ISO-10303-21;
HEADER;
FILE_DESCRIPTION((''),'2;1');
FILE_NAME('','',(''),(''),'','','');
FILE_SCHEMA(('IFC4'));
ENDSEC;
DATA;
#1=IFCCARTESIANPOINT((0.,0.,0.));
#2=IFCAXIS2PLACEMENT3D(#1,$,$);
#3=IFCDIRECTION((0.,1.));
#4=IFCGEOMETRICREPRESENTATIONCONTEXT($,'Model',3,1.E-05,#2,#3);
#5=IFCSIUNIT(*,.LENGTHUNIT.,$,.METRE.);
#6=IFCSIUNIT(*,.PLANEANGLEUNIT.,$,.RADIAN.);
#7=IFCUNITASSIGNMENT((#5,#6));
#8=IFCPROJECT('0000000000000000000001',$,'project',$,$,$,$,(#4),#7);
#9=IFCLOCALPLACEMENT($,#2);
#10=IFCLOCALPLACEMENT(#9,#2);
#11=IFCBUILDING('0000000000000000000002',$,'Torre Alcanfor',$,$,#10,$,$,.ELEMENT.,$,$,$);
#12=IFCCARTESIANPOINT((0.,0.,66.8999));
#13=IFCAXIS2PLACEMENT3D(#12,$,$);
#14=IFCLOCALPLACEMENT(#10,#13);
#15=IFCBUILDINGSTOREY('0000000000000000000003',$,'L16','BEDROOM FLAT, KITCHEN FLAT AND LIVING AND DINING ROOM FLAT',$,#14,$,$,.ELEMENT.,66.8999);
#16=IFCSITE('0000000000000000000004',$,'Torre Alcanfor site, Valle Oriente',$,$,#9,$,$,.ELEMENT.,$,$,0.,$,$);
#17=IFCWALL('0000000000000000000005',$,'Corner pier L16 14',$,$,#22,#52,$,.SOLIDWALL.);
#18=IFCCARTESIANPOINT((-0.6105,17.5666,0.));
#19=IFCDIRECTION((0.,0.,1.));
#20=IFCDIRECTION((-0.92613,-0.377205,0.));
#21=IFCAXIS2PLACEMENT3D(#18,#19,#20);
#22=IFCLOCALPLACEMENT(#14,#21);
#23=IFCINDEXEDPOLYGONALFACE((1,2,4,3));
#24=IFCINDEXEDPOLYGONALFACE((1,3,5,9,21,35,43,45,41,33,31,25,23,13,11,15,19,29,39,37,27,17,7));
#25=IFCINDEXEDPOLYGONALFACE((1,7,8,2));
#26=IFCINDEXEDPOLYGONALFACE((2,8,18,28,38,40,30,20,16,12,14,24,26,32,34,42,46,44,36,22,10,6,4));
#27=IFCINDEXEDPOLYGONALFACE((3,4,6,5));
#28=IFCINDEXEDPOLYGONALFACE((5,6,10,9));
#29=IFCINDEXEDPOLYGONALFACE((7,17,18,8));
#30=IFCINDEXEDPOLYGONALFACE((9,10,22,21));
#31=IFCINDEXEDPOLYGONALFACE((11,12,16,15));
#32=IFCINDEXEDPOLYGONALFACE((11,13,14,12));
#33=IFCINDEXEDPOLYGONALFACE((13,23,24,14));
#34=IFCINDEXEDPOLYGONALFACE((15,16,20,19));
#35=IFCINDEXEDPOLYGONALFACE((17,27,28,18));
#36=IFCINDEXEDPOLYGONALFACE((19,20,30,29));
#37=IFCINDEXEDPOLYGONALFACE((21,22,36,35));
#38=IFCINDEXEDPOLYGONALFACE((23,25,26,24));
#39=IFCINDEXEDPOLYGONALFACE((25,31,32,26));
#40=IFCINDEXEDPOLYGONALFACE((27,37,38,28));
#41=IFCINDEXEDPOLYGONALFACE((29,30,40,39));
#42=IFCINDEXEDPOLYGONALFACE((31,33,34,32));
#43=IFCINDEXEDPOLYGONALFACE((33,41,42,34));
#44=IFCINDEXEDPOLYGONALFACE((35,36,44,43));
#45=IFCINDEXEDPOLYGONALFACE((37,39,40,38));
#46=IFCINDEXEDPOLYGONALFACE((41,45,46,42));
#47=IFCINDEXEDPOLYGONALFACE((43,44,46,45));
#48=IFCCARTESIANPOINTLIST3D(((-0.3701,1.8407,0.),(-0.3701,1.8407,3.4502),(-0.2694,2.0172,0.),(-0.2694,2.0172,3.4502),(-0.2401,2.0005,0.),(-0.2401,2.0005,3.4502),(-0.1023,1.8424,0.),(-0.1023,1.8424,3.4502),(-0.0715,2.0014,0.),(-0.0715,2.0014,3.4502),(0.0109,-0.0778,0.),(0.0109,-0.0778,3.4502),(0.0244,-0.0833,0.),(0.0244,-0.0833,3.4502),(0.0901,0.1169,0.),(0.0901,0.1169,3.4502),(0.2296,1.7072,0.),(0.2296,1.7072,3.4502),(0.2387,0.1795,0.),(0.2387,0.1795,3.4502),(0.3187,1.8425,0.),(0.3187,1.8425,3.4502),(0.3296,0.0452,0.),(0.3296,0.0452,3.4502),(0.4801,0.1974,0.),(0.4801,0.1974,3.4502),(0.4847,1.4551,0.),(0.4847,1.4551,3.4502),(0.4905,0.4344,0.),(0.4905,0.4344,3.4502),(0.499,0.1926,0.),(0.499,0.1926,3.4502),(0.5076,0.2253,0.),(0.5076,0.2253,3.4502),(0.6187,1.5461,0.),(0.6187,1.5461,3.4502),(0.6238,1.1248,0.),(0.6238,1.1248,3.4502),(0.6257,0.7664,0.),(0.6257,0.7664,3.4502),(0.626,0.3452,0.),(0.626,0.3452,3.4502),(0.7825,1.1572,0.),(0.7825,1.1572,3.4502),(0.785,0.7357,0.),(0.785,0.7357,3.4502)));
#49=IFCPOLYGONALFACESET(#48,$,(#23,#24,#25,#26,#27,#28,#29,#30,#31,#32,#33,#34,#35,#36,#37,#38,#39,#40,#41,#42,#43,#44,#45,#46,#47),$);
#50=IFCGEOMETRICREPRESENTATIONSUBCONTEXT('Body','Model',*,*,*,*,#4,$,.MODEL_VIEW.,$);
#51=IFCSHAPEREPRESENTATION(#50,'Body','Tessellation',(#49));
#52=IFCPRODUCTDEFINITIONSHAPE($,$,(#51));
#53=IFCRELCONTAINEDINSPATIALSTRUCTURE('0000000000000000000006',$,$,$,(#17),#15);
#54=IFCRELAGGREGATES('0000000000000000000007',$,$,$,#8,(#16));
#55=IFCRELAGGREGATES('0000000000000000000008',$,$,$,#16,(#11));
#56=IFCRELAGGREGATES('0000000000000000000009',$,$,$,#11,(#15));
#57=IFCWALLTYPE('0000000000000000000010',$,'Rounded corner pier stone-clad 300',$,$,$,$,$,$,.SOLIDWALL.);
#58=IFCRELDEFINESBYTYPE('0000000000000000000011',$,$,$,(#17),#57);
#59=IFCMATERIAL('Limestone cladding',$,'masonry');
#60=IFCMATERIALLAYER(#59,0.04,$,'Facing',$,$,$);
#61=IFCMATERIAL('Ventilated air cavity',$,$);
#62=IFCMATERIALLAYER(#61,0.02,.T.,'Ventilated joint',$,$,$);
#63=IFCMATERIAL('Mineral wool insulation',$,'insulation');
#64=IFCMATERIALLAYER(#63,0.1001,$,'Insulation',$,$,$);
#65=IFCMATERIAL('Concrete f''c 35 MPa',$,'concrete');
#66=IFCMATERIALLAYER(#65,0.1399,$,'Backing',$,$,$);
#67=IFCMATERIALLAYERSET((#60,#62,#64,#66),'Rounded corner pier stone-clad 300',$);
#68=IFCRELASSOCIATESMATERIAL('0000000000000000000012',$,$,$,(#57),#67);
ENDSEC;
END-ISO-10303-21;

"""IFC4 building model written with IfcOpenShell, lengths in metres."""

from ifc_helpers import new_model, si_unit, direction, frame, origin, place, context, subcontext, project, spatial, polyline, outline, extrude, material, layer, layer_set, type_object, element, save


model = new_model("IFC4")

# Units and contexts
model_context = context("Model", 3, precision=1e-05, world=origin(), true_north=direction((0.0, 1.0)))
body_context = subcontext(model_context, "Body", "Model", "MODEL_VIEW")
ifc_project = project(units=[si_unit("LENGTHUNIT", "METRE"), si_unit("PLANEANGLEUNIT", "RADIAN")], contexts=[model_context])

# Site, building, storey
site_placement = place(None, origin())
site = spatial("IfcSite", under=ifc_project, at=site_placement, Name="Torre Alcanfor site, Valle Oriente", CompositionType="ELEMENT", RefElevation=0.0)
building_placement = place(site_placement, origin())
building = spatial("IfcBuilding", under=site, at=building_placement, Name="Torre Alcanfor", CompositionType="ELEMENT")
storey_placement = place(building_placement, frame((0.0, 0.0, 66.8999)))
storey = spatial("IfcBuildingStorey", under=building, at=storey_placement, Name="L16", Description="BEDROOM FLAT, KITCHEN FLAT AND LIVING AND DINING ROOM FLAT", CompositionType="ELEMENT", Elevation=66.8999)

# Wall
ifc_material_1 = material(Name="Limestone cladding", Category="masonry")
ifc_layer_1 = layer(ifc_material_1, 0.04, Name="Facing")
ifc_material_2 = material(Name="Ventilated air cavity")
ifc_layer_2 = layer(ifc_material_2, 0.02, ventilated=True, Name="Ventilated joint")
ifc_material_3 = material(Name="Mineral wool insulation", Category="insulation")
ifc_layer_3 = layer(ifc_material_3, 0.1001, Name="Insulation")
ifc_material_4 = material(Name="Concrete f'c 35 MPa", Category="concrete")
ifc_layer_4 = layer(ifc_material_4, 0.1399, Name="Backing")
ifc_layer_set_1 = layer_set([ifc_layer_1, ifc_layer_2, ifc_layer_3, ifc_layer_4], Name="Rounded corner pier stone-clad 300")
wall_type_1 = type_object("IfcWallType", Name="Rounded corner pier stone-clad 300", PredefinedType="SOLIDWALL", material=ifc_layer_set_1)
wall_1_placement = place(storey_placement, frame((-0.6105, 17.5666, 0.0), z_axis=(0.0, 0.0, 1.0), x_axis=(-0.92613, -0.377205, 0.0)))
element("IfcWall", 1, at=wall_1_placement, inside=storey, type_object=wall_type_1, Name="Corner pier L16 14", PredefinedType="SOLIDWALL", context=body_context, shape_type="SweptSolid", body=[
    extrude(outline(polyline([(-0.2694, 2.0172), (-0.3701, 1.8407), (-0.1023, 1.8424), (0.2296, 1.7072), (0.4847, 1.4551), (0.6238, 1.1248), (0.6257, 0.7664), (0.4905, 0.4344), (0.2387, 0.1795), (0.0901, 0.1169), (0.0109, -0.0778), (0.0244, -0.0833), (0.3296, 0.0452), (0.4801, 0.1974), (0.499, 0.1926), (0.5076, 0.2253), (0.626, 0.3452), (0.785, 0.7357), (0.7825, 1.1572), (0.6187, 1.5461), (0.3187, 1.8425), (-0.0715, 2.0014), (-0.2401, 2.0005), (-0.2694, 2.0172)])), origin(), (0.0, 0.0, 1.0), 3.4502),
])

save(model, "model.ifc")
